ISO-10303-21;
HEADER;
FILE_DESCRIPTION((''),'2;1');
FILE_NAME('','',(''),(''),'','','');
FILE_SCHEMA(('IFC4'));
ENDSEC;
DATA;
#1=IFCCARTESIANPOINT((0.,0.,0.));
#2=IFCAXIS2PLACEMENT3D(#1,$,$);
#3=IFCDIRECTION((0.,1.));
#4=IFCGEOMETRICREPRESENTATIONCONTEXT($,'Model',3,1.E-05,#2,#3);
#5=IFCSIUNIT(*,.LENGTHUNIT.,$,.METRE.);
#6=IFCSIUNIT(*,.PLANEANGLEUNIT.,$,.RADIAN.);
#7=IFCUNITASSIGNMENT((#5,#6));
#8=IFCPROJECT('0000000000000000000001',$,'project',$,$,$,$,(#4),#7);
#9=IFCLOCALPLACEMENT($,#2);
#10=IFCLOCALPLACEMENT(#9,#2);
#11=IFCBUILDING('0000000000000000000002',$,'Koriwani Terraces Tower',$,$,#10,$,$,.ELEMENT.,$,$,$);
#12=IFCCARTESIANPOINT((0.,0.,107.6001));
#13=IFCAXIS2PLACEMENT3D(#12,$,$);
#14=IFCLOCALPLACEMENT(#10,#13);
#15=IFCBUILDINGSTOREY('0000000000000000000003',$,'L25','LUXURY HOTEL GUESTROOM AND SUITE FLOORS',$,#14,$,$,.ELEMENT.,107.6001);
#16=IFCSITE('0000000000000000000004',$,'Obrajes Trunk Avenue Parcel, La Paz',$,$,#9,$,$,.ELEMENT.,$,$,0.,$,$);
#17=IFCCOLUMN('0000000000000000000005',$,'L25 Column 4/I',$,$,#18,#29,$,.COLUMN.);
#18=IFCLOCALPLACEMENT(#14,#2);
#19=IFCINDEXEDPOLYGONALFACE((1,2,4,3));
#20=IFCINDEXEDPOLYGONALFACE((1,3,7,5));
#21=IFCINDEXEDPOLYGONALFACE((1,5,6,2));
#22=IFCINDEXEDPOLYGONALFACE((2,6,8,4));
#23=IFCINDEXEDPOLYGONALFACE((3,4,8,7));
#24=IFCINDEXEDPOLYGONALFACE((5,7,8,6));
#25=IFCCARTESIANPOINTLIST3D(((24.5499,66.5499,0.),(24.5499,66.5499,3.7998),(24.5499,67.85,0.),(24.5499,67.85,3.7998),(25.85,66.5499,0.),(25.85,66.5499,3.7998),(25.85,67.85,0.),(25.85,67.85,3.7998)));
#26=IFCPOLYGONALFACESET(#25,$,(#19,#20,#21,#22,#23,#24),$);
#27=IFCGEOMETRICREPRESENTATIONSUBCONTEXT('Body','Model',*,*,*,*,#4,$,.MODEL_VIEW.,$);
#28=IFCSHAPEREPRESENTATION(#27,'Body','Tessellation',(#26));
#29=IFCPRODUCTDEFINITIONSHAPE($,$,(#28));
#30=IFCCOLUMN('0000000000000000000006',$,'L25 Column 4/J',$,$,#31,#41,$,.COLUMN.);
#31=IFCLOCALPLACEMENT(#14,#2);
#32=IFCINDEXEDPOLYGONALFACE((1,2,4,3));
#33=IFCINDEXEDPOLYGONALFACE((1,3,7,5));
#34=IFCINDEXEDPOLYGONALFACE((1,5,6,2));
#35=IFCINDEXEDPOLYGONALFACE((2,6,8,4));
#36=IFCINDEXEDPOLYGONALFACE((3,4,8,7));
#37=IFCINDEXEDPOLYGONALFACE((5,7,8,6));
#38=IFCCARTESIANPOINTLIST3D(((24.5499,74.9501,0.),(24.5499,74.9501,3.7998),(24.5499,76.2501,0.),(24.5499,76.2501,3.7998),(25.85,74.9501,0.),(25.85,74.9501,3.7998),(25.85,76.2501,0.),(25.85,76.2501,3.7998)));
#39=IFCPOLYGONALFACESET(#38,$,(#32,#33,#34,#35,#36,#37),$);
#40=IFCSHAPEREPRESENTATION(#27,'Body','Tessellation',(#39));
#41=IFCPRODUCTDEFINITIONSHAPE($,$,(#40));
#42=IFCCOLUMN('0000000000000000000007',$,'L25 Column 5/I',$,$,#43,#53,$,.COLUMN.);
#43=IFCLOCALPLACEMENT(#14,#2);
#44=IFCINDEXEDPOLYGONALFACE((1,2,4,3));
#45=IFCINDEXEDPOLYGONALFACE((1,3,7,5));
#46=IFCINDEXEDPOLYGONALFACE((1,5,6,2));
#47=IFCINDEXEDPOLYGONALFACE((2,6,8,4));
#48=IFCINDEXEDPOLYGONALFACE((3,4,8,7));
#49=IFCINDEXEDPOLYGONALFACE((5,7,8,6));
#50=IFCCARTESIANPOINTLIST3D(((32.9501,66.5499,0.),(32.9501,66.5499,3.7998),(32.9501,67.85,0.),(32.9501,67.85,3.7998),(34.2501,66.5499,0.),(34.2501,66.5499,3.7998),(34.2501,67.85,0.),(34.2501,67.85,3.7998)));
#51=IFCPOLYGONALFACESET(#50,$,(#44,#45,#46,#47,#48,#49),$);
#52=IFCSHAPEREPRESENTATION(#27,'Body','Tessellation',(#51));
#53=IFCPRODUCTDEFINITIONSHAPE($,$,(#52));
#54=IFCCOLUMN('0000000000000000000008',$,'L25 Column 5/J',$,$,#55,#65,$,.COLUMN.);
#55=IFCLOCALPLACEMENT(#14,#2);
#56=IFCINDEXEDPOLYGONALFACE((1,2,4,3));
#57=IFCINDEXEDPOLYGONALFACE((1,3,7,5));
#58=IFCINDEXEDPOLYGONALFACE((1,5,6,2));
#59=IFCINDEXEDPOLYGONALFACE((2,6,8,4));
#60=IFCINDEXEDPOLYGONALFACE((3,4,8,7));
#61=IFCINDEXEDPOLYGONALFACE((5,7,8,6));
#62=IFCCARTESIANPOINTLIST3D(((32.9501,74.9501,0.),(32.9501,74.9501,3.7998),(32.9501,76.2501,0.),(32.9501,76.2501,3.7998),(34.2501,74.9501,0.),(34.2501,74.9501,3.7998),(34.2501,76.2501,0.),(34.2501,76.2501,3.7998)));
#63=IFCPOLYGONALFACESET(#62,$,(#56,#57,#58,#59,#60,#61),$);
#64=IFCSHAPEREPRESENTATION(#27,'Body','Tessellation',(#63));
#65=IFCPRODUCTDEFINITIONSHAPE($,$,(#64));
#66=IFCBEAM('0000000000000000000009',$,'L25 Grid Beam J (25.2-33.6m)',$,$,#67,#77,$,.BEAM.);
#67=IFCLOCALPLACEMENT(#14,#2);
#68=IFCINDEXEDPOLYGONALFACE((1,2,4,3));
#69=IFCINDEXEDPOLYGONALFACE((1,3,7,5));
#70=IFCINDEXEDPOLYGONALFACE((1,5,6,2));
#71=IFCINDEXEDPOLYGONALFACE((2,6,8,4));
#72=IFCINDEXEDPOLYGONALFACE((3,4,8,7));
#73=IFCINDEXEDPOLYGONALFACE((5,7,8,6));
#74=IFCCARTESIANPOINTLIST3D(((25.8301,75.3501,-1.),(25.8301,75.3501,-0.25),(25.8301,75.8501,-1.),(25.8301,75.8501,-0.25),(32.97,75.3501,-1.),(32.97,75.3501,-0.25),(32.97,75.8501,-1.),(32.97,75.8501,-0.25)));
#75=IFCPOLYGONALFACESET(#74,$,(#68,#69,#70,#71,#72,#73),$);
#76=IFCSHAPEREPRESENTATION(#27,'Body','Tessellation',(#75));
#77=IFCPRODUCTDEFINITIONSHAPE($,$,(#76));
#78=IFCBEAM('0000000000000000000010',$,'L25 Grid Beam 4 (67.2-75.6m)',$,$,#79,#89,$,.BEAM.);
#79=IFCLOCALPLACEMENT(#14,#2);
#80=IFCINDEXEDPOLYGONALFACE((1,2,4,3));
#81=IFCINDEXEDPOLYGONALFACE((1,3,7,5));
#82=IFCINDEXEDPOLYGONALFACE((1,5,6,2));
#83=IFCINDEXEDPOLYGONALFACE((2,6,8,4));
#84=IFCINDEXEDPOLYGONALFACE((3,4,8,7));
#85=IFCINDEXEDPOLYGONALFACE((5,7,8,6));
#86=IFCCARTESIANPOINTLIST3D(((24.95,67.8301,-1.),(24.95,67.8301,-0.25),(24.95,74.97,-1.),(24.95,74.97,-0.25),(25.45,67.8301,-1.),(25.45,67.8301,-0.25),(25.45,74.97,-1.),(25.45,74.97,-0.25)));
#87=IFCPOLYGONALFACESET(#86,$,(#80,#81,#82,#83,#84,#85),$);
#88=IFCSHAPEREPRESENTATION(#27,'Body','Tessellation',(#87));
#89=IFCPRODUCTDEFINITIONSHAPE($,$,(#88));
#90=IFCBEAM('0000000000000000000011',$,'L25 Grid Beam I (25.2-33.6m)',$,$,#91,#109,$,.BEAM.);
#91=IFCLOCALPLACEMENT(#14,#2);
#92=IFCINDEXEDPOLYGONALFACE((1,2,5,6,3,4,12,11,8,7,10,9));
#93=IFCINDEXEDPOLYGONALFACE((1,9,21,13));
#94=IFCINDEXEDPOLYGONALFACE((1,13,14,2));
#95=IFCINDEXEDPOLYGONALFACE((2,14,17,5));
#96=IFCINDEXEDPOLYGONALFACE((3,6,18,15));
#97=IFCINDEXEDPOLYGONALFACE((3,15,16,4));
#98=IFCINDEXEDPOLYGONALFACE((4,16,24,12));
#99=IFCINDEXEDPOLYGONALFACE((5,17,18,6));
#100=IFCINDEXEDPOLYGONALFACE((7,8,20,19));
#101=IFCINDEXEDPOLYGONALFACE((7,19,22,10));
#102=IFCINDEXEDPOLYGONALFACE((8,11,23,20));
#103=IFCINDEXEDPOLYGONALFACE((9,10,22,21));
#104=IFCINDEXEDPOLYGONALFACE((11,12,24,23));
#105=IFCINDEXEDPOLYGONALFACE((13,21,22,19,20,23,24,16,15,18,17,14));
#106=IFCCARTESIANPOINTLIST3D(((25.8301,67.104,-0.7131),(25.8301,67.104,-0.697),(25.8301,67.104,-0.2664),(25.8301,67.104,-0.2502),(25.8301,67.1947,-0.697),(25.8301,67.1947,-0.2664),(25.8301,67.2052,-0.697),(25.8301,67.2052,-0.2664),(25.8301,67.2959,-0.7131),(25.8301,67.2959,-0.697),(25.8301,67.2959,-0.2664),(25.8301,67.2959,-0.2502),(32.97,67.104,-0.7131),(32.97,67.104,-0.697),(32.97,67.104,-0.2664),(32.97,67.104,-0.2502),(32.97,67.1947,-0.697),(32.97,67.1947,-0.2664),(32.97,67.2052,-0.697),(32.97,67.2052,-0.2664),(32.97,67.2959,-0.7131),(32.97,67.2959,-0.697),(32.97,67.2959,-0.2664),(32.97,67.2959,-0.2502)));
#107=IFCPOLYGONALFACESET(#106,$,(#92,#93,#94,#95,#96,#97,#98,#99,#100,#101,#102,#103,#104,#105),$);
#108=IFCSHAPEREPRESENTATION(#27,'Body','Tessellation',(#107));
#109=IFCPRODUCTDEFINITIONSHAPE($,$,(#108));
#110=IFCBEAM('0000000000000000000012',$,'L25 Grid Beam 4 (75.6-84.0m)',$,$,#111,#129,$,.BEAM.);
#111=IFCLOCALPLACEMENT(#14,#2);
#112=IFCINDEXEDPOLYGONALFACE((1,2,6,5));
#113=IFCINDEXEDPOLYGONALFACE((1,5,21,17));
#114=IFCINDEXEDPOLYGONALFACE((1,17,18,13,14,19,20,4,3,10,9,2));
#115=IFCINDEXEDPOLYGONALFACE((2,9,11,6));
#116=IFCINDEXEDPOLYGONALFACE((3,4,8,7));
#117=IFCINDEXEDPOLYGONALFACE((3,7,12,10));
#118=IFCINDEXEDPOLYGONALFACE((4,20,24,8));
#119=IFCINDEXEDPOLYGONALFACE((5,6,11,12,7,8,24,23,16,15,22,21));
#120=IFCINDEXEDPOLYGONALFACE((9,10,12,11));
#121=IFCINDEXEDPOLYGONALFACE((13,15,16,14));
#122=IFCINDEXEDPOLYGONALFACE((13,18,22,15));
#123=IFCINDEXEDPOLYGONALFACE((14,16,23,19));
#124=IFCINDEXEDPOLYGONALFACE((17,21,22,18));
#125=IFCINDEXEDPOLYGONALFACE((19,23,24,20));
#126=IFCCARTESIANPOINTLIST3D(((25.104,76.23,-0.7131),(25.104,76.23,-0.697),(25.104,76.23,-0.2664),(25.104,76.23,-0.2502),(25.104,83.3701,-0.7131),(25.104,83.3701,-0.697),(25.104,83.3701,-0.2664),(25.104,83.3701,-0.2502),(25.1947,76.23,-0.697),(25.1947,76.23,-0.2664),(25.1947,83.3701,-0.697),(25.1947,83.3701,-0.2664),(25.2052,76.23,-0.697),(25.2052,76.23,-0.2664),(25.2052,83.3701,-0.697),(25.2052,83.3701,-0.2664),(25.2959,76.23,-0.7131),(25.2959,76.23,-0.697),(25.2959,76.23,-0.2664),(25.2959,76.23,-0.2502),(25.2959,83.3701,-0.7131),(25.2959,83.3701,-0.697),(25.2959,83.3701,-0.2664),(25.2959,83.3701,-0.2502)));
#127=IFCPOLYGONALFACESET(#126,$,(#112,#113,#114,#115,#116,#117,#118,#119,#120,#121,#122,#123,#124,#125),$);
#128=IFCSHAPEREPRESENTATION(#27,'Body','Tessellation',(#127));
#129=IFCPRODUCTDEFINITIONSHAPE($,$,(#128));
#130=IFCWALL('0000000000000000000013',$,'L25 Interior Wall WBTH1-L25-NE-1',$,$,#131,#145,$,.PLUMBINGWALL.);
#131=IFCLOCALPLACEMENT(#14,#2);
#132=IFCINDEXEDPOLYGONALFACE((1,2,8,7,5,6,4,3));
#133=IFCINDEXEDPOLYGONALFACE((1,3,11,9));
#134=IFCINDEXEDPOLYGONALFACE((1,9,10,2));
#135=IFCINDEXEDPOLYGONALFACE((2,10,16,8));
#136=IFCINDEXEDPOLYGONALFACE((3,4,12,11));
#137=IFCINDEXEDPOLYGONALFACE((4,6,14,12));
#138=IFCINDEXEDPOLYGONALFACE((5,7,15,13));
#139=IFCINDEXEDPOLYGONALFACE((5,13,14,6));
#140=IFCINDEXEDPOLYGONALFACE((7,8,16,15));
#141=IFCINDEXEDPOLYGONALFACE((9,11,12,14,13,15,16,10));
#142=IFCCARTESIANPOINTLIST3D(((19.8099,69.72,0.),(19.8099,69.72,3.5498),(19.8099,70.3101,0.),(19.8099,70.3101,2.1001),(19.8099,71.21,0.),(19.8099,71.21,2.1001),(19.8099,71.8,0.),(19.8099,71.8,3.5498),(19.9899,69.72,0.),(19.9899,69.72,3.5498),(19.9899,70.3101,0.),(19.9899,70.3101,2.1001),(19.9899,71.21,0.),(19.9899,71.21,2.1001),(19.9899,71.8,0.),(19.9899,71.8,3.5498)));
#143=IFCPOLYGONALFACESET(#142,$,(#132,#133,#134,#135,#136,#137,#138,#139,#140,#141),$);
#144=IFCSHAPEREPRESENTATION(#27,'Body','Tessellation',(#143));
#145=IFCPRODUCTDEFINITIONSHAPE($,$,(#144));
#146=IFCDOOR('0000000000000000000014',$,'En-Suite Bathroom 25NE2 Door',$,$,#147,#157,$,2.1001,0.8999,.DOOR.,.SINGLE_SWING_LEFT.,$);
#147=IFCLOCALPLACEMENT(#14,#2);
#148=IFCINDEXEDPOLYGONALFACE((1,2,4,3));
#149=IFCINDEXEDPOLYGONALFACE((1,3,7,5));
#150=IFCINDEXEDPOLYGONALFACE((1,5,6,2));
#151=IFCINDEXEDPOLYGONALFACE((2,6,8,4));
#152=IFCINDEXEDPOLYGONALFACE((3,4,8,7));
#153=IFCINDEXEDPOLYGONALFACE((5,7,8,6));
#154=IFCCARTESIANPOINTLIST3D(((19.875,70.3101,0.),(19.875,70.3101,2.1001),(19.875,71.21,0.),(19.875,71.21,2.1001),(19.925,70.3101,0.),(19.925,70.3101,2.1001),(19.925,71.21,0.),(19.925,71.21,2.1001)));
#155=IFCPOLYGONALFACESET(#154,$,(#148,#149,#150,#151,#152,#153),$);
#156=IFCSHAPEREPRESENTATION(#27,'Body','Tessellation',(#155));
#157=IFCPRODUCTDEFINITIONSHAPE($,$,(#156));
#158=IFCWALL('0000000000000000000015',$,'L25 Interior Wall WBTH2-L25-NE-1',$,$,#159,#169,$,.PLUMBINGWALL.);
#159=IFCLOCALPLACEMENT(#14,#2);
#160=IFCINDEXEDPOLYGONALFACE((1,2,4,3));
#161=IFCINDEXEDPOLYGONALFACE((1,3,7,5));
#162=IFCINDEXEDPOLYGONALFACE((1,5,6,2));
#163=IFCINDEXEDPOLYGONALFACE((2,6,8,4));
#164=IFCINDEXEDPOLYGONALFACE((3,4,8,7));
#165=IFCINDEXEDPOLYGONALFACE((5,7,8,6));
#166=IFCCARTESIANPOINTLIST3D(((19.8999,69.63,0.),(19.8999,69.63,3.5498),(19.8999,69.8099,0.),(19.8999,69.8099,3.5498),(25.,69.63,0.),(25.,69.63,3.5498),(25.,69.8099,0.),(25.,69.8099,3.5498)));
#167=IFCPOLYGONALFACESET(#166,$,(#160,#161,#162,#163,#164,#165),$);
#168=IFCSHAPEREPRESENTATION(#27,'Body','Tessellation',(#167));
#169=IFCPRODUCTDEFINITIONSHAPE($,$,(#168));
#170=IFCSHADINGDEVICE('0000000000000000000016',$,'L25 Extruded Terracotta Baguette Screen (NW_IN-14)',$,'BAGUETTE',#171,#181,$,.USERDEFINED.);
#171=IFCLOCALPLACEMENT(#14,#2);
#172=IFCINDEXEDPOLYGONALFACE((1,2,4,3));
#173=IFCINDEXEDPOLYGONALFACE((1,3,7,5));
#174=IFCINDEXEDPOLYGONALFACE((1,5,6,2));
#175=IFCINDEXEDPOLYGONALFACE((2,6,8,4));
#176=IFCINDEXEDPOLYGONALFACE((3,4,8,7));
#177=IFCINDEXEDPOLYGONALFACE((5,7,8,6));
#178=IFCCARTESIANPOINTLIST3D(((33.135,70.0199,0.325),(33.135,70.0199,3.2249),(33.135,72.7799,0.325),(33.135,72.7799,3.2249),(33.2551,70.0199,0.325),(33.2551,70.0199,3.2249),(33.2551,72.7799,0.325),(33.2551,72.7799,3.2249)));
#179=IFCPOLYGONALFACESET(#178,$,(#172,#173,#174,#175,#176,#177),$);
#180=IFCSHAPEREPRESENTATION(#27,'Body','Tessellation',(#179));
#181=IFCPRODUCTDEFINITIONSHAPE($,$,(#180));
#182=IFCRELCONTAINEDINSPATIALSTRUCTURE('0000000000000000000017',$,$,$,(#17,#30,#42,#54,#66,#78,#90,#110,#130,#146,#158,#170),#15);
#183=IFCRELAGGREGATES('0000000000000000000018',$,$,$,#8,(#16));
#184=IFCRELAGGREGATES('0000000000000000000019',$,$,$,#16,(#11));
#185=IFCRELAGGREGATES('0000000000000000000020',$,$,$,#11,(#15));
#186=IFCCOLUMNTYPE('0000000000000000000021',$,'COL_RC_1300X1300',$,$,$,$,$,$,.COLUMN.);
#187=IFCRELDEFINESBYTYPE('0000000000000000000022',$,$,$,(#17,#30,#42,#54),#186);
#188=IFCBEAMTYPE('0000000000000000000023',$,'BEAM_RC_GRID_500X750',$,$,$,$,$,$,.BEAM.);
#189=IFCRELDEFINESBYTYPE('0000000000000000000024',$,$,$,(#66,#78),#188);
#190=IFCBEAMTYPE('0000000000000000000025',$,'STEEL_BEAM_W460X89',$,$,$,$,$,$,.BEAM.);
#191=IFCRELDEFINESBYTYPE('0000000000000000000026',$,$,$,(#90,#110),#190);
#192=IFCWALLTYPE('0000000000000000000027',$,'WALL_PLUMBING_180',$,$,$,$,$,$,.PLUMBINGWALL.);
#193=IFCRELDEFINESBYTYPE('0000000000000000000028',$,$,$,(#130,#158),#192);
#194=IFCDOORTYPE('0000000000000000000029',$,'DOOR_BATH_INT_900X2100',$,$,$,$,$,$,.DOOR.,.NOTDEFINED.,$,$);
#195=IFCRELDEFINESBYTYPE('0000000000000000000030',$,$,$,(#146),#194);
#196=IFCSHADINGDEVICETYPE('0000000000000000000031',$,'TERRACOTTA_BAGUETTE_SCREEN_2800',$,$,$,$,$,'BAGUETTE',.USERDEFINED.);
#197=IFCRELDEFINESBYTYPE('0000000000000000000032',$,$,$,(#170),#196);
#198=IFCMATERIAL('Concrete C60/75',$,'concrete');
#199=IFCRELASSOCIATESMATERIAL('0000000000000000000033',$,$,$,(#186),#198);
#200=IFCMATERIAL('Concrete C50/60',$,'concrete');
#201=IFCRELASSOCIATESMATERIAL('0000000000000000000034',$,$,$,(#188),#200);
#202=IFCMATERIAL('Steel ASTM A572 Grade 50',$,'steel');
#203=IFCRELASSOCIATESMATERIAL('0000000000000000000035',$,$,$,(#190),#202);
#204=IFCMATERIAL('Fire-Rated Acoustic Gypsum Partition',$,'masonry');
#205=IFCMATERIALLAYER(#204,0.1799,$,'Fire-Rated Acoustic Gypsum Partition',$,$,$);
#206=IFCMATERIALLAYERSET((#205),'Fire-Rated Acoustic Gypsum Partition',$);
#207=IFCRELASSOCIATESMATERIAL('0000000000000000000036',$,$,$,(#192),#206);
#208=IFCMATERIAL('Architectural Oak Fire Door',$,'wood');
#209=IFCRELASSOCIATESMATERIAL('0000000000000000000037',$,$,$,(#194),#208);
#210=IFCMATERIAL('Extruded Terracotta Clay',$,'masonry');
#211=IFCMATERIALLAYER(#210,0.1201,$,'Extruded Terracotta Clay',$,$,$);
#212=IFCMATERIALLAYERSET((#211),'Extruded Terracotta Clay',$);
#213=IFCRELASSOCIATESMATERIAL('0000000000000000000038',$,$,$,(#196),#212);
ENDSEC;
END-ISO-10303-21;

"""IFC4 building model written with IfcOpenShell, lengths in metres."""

from ifc_helpers import new_model, si_unit, direction, frame, frame_2d, origin, origin_2d, place, context, subcontext, project, spatial, rectangle, i_section, extrude, material, layer, layer_set, material_profile, profile_set, type_object, element, fill, save


model = new_model("IFC4")

# Units and contexts
model_context = context("Model", 3, precision=1e-05, world=origin(), true_north=direction((0.0, 1.0)))
body_context = subcontext(model_context, "Body", "Model", "MODEL_VIEW")
ifc_project = project(units=[si_unit("LENGTHUNIT", "METRE"), si_unit("PLANEANGLEUNIT", "RADIAN")], contexts=[model_context])

# Site, building, storey
site_placement = place(None, origin())
site = spatial("IfcSite", under=ifc_project, at=site_placement, Name="Obrajes Trunk Avenue Parcel, La Paz", CompositionType="ELEMENT", RefElevation=0.0)
building_placement = place(site_placement, origin())
building = spatial("IfcBuilding", under=site, at=building_placement, Name="Koriwani Terraces Tower", CompositionType="ELEMENT")
storey_placement = place(building_placement, frame((0.0, 0.0, 107.6001)))
storey = spatial("IfcBuildingStorey", under=building, at=storey_placement, Name="L25", Description="LUXURY HOTEL GUESTROOM AND SUITE FLOORS", CompositionType="ELEMENT", Elevation=107.6001)

# Columns
ifc_material_1 = material(Name="Concrete C60/75", Category="concrete")
ifc_material_profile_1 = material_profile(ifc_material_1, rectangle(XDim=1.3, YDim=1.3, at=origin_2d()), Name="Concrete C60/75", Category="LoadBearing")
ifc_profile_set_1 = profile_set([ifc_material_profile_1], Name="Concrete C60/75")
column_type = type_object("IfcColumnType", Name="COL_RC_1300X1300", PredefinedType="COLUMN", material=ifc_profile_set_1)
for number, where, z_axis, x_axis, name in (
    (1, (25.2, 67.2, 0.0), (0.0, 0.0, 1.0), (1.0, 0.0, 0.0), "L25 Column 4/I"),
    (2, (25.2, 75.6001, 0.0), (0.0, 0.0, 1.0), (1.0, 0.0, 0.0), "L25 Column 4/J"),
    (3, (33.6001, 67.2, 0.0), (0.0, 0.0, 1.0), (1.0, 0.0, 0.0), "L25 Column 5/I"),
    (4, (33.6001, 75.6001, 0.0), (0.0, 0.0, 1.0), (1.0, 0.0, 0.0), "L25 Column 5/J"),
):
    element("IfcColumn", number, at=place(storey_placement, frame(where, z_axis=z_axis, x_axis=x_axis)), inside=storey, type_object=column_type, Name=name, PredefinedType="COLUMN", context=body_context, shape_type="SweptSolid", body=[
        extrude(rectangle(XDim=1.3, YDim=1.3, at=origin_2d()), origin(), (0.0, 0.0, 1.0), 3.7998),
    ])

# Beams
ifc_material_2 = material(Name="Concrete C50/60", Category="concrete")
ifc_material_profile_2 = material_profile(ifc_material_2, rectangle(XDim=0.5, YDim=0.75, at=origin_2d()), Name="Concrete C50/60", Category="LoadBearing")
ifc_profile_set_2 = profile_set([ifc_material_profile_2], Name="Concrete C50/60")
beam_type_1 = type_object("IfcBeamType", Name="BEAM_RC_GRID_500X750", PredefinedType="BEAM", material=ifc_profile_set_2)
for number, where, z_axis, x_axis, name in (
    (5, (25.8301, 75.6001, -0.625), (1.0, 0.0, 0.0), (0.0, 1.0, 0.0), "L25 Grid Beam J (25.2-33.6m)"),
    (6, (25.2, 67.8301, -0.625), (0.0, 1.0, 0.0), (-1.0, 0.0, 0.0), "L25 Grid Beam 4 (67.2-75.6m)"),
):
    element("IfcBeam", number, at=place(storey_placement, frame(where, z_axis=z_axis, x_axis=x_axis)), inside=storey, type_object=beam_type_1, Name=name, PredefinedType="BEAM", context=body_context, shape_type="SweptSolid", body=[
        extrude(rectangle(XDim=0.5, YDim=0.75, at=origin_2d()), origin(), (0.0, 0.0, 1.0), 7.1399),
    ])
ifc_material_3 = material(Name="Steel ASTM A572 Grade 50", Category="steel")
ifc_material_profile_3 = material_profile(ifc_material_3, i_section(OverallWidth=0.1919, OverallDepth=0.4629, WebThickness=0.0105, FlangeThickness=0.0161, at=origin_2d()), Name="Steel ASTM A572 Grade 50", Category="LoadBearing")
ifc_profile_set_3 = profile_set([ifc_material_profile_3], Name="Steel ASTM A572 Grade 50")
beam_type_2 = type_object("IfcBeamType", Name="STEEL_BEAM_W460X89", PredefinedType="BEAM", material=ifc_profile_set_3)
beam_1_placement = place(storey_placement, frame((25.8301, 67.2, -0.4817), z_axis=(1.0, 0.0, 0.0), x_axis=(0.0, 1.0, 0.0)))
element("IfcBeam", 7, at=beam_1_placement, inside=storey, type_object=beam_type_2, Name="L25 Grid Beam I (25.2-33.6m)", PredefinedType="BEAM", context=body_context, shape_type="SweptSolid", body=[
    extrude(i_section(OverallWidth=0.1919, OverallDepth=0.4629, WebThickness=0.0105, FlangeThickness=0.0161, at=origin_2d()), origin(), (0.0, 0.0, 1.0), 7.1399),
])
beam_2_placement = place(storey_placement, frame((25.2, 76.23, -0.4817), z_axis=(0.0, 1.0, 0.0), x_axis=(-1.0, 0.0, 0.0)))
element("IfcBeam", 8, at=beam_2_placement, inside=storey, type_object=beam_type_2, Name="L25 Grid Beam 4 (75.6-84.0m)", PredefinedType="BEAM", context=body_context, shape_type="SweptSolid", body=[
    extrude(i_section(OverallWidth=0.1919, OverallDepth=0.4629, WebThickness=0.0105, FlangeThickness=0.0161, at=origin_2d()), origin(), (0.0, 0.0, 1.0), 7.1401),
])

# Wall, opening, door
ifc_material_4 = material(Name="Fire-Rated Acoustic Gypsum Partition", Category="masonry")
ifc_layer_1 = layer(ifc_material_4, 0.1799, Name="Fire-Rated Acoustic Gypsum Partition")
ifc_layer_set_1 = layer_set([ifc_layer_1], Name="Fire-Rated Acoustic Gypsum Partition")
wall_type = type_object("IfcWallType", Name="WALL_PLUMBING_180", PredefinedType="PLUMBINGWALL", material=ifc_layer_set_1)
wall_1_placement = place(storey_placement, frame((19.8999, 69.72, 0.0), z_axis=(0.0, 0.0, 1.0), x_axis=(0.0, 1.0, 0.0)))
wall_1 = element("IfcWall", 9, at=wall_1_placement, inside=storey, type_object=wall_type, Name="L25 Interior Wall WBTH1-L25-NE-1", PredefinedType="PLUMBINGWALL", context=body_context, shape_type="SweptSolid", body=[
    extrude(rectangle(XDim=2.0801, YDim=0.1799, at=frame_2d((1.04, 0.0))), origin(), (0.0, 0.0, 1.0), 3.5498),
])
opening_placement = place(wall_1_placement, frame((0.5901, 0.0, 0.0)))
opening = element("IfcOpeningElement", 10, at=opening_placement, cuts=wall_1, PredefinedType="OPENING", context=body_context, shape_type="SweptSolid", body=[
    extrude(rectangle(XDim=0.8999, YDim=2.1001, at=frame_2d((0.45, 1.05))), frame((0.0, 0.1001, 0.0), z_axis=(0.0, -1.0, 0.0), x_axis=(1.0, 0.0, 0.0)), (0.0, 0.0, 1.0), 0.2),
])
ifc_material_5 = material(Name="Architectural Oak Fire Door", Category="wood")
door_type = type_object("IfcDoorType", Name="DOOR_BATH_INT_900X2100", OperationType="NOTDEFINED", PredefinedType="DOOR", material=ifc_material_5)
door_placement = place(opening_placement, origin())
door = element("IfcDoor", 11, at=door_placement, inside=storey, type_object=door_type, Name="En-Suite Bathroom 25NE2 Door", OperationType="SINGLE_SWING_LEFT", OverallHeight=2.1001, OverallWidth=0.8999, PredefinedType="DOOR", context=body_context, shape_type="SweptSolid", body=[
    extrude(rectangle(XDim=0.8999, YDim=2.1001, at=frame_2d((0.45, 1.05))), frame((0.0, 0.0249, 0.0), z_axis=(0.0, -1.0, 0.0), x_axis=(1.0, 0.0, 0.0)), (0.0, 0.0, 1.0), 0.05),
])
fill(opening, door)

# Wall
wall_2_placement = place(storey_placement, frame((19.8999, 69.72, 0.0), z_axis=(0.0, 0.0, 1.0), x_axis=(1.0, 0.0, 0.0)))
element("IfcWall", 12, at=wall_2_placement, inside=storey, type_object=wall_type, Name="L25 Interior Wall WBTH2-L25-NE-1", PredefinedType="PLUMBINGWALL", context=body_context, shape_type="SweptSolid", body=[
    extrude(rectangle(XDim=5.1001, YDim=0.1799, at=frame_2d((2.55, 0.0))), origin(), (0.0, 0.0, 1.0), 3.5498),
])

# Shading device
ifc_material_6 = material(Name="Extruded Terracotta Clay", Category="masonry")
ifc_layer_2 = layer(ifc_material_6, 0.1201, Name="Extruded Terracotta Clay")
ifc_layer_set_2 = layer_set([ifc_layer_2], Name="Extruded Terracotta Clay")
shading_device_type = type_object("IfcShadingDeviceType", Name="TERRACOTTA_BAGUETTE_SCREEN_2800", ElementType="BAGUETTE", PredefinedType="USERDEFINED", material=ifc_layer_set_2)
shading_device_placement = place(storey_placement, frame((33.1951, 71.3999, 0.325), z_axis=(0.0, 0.0, 1.0), x_axis=(0.0, -1.0, 0.0)))
element("IfcShadingDevice", 13, at=shading_device_placement, inside=storey, type_object=shading_device_type, Name="L25 Extruded Terracotta Baguette Screen (NW_IN-14)", ObjectType="BAGUETTE", PredefinedType="USERDEFINED", context=body_context, shape_type="SweptSolid", body=[
    extrude(rectangle(XDim=2.76, YDim=0.1201, at=origin_2d()), origin(), (0.0, 0.0, 1.0), 2.8999),
])

save(model, "model.ifc")
